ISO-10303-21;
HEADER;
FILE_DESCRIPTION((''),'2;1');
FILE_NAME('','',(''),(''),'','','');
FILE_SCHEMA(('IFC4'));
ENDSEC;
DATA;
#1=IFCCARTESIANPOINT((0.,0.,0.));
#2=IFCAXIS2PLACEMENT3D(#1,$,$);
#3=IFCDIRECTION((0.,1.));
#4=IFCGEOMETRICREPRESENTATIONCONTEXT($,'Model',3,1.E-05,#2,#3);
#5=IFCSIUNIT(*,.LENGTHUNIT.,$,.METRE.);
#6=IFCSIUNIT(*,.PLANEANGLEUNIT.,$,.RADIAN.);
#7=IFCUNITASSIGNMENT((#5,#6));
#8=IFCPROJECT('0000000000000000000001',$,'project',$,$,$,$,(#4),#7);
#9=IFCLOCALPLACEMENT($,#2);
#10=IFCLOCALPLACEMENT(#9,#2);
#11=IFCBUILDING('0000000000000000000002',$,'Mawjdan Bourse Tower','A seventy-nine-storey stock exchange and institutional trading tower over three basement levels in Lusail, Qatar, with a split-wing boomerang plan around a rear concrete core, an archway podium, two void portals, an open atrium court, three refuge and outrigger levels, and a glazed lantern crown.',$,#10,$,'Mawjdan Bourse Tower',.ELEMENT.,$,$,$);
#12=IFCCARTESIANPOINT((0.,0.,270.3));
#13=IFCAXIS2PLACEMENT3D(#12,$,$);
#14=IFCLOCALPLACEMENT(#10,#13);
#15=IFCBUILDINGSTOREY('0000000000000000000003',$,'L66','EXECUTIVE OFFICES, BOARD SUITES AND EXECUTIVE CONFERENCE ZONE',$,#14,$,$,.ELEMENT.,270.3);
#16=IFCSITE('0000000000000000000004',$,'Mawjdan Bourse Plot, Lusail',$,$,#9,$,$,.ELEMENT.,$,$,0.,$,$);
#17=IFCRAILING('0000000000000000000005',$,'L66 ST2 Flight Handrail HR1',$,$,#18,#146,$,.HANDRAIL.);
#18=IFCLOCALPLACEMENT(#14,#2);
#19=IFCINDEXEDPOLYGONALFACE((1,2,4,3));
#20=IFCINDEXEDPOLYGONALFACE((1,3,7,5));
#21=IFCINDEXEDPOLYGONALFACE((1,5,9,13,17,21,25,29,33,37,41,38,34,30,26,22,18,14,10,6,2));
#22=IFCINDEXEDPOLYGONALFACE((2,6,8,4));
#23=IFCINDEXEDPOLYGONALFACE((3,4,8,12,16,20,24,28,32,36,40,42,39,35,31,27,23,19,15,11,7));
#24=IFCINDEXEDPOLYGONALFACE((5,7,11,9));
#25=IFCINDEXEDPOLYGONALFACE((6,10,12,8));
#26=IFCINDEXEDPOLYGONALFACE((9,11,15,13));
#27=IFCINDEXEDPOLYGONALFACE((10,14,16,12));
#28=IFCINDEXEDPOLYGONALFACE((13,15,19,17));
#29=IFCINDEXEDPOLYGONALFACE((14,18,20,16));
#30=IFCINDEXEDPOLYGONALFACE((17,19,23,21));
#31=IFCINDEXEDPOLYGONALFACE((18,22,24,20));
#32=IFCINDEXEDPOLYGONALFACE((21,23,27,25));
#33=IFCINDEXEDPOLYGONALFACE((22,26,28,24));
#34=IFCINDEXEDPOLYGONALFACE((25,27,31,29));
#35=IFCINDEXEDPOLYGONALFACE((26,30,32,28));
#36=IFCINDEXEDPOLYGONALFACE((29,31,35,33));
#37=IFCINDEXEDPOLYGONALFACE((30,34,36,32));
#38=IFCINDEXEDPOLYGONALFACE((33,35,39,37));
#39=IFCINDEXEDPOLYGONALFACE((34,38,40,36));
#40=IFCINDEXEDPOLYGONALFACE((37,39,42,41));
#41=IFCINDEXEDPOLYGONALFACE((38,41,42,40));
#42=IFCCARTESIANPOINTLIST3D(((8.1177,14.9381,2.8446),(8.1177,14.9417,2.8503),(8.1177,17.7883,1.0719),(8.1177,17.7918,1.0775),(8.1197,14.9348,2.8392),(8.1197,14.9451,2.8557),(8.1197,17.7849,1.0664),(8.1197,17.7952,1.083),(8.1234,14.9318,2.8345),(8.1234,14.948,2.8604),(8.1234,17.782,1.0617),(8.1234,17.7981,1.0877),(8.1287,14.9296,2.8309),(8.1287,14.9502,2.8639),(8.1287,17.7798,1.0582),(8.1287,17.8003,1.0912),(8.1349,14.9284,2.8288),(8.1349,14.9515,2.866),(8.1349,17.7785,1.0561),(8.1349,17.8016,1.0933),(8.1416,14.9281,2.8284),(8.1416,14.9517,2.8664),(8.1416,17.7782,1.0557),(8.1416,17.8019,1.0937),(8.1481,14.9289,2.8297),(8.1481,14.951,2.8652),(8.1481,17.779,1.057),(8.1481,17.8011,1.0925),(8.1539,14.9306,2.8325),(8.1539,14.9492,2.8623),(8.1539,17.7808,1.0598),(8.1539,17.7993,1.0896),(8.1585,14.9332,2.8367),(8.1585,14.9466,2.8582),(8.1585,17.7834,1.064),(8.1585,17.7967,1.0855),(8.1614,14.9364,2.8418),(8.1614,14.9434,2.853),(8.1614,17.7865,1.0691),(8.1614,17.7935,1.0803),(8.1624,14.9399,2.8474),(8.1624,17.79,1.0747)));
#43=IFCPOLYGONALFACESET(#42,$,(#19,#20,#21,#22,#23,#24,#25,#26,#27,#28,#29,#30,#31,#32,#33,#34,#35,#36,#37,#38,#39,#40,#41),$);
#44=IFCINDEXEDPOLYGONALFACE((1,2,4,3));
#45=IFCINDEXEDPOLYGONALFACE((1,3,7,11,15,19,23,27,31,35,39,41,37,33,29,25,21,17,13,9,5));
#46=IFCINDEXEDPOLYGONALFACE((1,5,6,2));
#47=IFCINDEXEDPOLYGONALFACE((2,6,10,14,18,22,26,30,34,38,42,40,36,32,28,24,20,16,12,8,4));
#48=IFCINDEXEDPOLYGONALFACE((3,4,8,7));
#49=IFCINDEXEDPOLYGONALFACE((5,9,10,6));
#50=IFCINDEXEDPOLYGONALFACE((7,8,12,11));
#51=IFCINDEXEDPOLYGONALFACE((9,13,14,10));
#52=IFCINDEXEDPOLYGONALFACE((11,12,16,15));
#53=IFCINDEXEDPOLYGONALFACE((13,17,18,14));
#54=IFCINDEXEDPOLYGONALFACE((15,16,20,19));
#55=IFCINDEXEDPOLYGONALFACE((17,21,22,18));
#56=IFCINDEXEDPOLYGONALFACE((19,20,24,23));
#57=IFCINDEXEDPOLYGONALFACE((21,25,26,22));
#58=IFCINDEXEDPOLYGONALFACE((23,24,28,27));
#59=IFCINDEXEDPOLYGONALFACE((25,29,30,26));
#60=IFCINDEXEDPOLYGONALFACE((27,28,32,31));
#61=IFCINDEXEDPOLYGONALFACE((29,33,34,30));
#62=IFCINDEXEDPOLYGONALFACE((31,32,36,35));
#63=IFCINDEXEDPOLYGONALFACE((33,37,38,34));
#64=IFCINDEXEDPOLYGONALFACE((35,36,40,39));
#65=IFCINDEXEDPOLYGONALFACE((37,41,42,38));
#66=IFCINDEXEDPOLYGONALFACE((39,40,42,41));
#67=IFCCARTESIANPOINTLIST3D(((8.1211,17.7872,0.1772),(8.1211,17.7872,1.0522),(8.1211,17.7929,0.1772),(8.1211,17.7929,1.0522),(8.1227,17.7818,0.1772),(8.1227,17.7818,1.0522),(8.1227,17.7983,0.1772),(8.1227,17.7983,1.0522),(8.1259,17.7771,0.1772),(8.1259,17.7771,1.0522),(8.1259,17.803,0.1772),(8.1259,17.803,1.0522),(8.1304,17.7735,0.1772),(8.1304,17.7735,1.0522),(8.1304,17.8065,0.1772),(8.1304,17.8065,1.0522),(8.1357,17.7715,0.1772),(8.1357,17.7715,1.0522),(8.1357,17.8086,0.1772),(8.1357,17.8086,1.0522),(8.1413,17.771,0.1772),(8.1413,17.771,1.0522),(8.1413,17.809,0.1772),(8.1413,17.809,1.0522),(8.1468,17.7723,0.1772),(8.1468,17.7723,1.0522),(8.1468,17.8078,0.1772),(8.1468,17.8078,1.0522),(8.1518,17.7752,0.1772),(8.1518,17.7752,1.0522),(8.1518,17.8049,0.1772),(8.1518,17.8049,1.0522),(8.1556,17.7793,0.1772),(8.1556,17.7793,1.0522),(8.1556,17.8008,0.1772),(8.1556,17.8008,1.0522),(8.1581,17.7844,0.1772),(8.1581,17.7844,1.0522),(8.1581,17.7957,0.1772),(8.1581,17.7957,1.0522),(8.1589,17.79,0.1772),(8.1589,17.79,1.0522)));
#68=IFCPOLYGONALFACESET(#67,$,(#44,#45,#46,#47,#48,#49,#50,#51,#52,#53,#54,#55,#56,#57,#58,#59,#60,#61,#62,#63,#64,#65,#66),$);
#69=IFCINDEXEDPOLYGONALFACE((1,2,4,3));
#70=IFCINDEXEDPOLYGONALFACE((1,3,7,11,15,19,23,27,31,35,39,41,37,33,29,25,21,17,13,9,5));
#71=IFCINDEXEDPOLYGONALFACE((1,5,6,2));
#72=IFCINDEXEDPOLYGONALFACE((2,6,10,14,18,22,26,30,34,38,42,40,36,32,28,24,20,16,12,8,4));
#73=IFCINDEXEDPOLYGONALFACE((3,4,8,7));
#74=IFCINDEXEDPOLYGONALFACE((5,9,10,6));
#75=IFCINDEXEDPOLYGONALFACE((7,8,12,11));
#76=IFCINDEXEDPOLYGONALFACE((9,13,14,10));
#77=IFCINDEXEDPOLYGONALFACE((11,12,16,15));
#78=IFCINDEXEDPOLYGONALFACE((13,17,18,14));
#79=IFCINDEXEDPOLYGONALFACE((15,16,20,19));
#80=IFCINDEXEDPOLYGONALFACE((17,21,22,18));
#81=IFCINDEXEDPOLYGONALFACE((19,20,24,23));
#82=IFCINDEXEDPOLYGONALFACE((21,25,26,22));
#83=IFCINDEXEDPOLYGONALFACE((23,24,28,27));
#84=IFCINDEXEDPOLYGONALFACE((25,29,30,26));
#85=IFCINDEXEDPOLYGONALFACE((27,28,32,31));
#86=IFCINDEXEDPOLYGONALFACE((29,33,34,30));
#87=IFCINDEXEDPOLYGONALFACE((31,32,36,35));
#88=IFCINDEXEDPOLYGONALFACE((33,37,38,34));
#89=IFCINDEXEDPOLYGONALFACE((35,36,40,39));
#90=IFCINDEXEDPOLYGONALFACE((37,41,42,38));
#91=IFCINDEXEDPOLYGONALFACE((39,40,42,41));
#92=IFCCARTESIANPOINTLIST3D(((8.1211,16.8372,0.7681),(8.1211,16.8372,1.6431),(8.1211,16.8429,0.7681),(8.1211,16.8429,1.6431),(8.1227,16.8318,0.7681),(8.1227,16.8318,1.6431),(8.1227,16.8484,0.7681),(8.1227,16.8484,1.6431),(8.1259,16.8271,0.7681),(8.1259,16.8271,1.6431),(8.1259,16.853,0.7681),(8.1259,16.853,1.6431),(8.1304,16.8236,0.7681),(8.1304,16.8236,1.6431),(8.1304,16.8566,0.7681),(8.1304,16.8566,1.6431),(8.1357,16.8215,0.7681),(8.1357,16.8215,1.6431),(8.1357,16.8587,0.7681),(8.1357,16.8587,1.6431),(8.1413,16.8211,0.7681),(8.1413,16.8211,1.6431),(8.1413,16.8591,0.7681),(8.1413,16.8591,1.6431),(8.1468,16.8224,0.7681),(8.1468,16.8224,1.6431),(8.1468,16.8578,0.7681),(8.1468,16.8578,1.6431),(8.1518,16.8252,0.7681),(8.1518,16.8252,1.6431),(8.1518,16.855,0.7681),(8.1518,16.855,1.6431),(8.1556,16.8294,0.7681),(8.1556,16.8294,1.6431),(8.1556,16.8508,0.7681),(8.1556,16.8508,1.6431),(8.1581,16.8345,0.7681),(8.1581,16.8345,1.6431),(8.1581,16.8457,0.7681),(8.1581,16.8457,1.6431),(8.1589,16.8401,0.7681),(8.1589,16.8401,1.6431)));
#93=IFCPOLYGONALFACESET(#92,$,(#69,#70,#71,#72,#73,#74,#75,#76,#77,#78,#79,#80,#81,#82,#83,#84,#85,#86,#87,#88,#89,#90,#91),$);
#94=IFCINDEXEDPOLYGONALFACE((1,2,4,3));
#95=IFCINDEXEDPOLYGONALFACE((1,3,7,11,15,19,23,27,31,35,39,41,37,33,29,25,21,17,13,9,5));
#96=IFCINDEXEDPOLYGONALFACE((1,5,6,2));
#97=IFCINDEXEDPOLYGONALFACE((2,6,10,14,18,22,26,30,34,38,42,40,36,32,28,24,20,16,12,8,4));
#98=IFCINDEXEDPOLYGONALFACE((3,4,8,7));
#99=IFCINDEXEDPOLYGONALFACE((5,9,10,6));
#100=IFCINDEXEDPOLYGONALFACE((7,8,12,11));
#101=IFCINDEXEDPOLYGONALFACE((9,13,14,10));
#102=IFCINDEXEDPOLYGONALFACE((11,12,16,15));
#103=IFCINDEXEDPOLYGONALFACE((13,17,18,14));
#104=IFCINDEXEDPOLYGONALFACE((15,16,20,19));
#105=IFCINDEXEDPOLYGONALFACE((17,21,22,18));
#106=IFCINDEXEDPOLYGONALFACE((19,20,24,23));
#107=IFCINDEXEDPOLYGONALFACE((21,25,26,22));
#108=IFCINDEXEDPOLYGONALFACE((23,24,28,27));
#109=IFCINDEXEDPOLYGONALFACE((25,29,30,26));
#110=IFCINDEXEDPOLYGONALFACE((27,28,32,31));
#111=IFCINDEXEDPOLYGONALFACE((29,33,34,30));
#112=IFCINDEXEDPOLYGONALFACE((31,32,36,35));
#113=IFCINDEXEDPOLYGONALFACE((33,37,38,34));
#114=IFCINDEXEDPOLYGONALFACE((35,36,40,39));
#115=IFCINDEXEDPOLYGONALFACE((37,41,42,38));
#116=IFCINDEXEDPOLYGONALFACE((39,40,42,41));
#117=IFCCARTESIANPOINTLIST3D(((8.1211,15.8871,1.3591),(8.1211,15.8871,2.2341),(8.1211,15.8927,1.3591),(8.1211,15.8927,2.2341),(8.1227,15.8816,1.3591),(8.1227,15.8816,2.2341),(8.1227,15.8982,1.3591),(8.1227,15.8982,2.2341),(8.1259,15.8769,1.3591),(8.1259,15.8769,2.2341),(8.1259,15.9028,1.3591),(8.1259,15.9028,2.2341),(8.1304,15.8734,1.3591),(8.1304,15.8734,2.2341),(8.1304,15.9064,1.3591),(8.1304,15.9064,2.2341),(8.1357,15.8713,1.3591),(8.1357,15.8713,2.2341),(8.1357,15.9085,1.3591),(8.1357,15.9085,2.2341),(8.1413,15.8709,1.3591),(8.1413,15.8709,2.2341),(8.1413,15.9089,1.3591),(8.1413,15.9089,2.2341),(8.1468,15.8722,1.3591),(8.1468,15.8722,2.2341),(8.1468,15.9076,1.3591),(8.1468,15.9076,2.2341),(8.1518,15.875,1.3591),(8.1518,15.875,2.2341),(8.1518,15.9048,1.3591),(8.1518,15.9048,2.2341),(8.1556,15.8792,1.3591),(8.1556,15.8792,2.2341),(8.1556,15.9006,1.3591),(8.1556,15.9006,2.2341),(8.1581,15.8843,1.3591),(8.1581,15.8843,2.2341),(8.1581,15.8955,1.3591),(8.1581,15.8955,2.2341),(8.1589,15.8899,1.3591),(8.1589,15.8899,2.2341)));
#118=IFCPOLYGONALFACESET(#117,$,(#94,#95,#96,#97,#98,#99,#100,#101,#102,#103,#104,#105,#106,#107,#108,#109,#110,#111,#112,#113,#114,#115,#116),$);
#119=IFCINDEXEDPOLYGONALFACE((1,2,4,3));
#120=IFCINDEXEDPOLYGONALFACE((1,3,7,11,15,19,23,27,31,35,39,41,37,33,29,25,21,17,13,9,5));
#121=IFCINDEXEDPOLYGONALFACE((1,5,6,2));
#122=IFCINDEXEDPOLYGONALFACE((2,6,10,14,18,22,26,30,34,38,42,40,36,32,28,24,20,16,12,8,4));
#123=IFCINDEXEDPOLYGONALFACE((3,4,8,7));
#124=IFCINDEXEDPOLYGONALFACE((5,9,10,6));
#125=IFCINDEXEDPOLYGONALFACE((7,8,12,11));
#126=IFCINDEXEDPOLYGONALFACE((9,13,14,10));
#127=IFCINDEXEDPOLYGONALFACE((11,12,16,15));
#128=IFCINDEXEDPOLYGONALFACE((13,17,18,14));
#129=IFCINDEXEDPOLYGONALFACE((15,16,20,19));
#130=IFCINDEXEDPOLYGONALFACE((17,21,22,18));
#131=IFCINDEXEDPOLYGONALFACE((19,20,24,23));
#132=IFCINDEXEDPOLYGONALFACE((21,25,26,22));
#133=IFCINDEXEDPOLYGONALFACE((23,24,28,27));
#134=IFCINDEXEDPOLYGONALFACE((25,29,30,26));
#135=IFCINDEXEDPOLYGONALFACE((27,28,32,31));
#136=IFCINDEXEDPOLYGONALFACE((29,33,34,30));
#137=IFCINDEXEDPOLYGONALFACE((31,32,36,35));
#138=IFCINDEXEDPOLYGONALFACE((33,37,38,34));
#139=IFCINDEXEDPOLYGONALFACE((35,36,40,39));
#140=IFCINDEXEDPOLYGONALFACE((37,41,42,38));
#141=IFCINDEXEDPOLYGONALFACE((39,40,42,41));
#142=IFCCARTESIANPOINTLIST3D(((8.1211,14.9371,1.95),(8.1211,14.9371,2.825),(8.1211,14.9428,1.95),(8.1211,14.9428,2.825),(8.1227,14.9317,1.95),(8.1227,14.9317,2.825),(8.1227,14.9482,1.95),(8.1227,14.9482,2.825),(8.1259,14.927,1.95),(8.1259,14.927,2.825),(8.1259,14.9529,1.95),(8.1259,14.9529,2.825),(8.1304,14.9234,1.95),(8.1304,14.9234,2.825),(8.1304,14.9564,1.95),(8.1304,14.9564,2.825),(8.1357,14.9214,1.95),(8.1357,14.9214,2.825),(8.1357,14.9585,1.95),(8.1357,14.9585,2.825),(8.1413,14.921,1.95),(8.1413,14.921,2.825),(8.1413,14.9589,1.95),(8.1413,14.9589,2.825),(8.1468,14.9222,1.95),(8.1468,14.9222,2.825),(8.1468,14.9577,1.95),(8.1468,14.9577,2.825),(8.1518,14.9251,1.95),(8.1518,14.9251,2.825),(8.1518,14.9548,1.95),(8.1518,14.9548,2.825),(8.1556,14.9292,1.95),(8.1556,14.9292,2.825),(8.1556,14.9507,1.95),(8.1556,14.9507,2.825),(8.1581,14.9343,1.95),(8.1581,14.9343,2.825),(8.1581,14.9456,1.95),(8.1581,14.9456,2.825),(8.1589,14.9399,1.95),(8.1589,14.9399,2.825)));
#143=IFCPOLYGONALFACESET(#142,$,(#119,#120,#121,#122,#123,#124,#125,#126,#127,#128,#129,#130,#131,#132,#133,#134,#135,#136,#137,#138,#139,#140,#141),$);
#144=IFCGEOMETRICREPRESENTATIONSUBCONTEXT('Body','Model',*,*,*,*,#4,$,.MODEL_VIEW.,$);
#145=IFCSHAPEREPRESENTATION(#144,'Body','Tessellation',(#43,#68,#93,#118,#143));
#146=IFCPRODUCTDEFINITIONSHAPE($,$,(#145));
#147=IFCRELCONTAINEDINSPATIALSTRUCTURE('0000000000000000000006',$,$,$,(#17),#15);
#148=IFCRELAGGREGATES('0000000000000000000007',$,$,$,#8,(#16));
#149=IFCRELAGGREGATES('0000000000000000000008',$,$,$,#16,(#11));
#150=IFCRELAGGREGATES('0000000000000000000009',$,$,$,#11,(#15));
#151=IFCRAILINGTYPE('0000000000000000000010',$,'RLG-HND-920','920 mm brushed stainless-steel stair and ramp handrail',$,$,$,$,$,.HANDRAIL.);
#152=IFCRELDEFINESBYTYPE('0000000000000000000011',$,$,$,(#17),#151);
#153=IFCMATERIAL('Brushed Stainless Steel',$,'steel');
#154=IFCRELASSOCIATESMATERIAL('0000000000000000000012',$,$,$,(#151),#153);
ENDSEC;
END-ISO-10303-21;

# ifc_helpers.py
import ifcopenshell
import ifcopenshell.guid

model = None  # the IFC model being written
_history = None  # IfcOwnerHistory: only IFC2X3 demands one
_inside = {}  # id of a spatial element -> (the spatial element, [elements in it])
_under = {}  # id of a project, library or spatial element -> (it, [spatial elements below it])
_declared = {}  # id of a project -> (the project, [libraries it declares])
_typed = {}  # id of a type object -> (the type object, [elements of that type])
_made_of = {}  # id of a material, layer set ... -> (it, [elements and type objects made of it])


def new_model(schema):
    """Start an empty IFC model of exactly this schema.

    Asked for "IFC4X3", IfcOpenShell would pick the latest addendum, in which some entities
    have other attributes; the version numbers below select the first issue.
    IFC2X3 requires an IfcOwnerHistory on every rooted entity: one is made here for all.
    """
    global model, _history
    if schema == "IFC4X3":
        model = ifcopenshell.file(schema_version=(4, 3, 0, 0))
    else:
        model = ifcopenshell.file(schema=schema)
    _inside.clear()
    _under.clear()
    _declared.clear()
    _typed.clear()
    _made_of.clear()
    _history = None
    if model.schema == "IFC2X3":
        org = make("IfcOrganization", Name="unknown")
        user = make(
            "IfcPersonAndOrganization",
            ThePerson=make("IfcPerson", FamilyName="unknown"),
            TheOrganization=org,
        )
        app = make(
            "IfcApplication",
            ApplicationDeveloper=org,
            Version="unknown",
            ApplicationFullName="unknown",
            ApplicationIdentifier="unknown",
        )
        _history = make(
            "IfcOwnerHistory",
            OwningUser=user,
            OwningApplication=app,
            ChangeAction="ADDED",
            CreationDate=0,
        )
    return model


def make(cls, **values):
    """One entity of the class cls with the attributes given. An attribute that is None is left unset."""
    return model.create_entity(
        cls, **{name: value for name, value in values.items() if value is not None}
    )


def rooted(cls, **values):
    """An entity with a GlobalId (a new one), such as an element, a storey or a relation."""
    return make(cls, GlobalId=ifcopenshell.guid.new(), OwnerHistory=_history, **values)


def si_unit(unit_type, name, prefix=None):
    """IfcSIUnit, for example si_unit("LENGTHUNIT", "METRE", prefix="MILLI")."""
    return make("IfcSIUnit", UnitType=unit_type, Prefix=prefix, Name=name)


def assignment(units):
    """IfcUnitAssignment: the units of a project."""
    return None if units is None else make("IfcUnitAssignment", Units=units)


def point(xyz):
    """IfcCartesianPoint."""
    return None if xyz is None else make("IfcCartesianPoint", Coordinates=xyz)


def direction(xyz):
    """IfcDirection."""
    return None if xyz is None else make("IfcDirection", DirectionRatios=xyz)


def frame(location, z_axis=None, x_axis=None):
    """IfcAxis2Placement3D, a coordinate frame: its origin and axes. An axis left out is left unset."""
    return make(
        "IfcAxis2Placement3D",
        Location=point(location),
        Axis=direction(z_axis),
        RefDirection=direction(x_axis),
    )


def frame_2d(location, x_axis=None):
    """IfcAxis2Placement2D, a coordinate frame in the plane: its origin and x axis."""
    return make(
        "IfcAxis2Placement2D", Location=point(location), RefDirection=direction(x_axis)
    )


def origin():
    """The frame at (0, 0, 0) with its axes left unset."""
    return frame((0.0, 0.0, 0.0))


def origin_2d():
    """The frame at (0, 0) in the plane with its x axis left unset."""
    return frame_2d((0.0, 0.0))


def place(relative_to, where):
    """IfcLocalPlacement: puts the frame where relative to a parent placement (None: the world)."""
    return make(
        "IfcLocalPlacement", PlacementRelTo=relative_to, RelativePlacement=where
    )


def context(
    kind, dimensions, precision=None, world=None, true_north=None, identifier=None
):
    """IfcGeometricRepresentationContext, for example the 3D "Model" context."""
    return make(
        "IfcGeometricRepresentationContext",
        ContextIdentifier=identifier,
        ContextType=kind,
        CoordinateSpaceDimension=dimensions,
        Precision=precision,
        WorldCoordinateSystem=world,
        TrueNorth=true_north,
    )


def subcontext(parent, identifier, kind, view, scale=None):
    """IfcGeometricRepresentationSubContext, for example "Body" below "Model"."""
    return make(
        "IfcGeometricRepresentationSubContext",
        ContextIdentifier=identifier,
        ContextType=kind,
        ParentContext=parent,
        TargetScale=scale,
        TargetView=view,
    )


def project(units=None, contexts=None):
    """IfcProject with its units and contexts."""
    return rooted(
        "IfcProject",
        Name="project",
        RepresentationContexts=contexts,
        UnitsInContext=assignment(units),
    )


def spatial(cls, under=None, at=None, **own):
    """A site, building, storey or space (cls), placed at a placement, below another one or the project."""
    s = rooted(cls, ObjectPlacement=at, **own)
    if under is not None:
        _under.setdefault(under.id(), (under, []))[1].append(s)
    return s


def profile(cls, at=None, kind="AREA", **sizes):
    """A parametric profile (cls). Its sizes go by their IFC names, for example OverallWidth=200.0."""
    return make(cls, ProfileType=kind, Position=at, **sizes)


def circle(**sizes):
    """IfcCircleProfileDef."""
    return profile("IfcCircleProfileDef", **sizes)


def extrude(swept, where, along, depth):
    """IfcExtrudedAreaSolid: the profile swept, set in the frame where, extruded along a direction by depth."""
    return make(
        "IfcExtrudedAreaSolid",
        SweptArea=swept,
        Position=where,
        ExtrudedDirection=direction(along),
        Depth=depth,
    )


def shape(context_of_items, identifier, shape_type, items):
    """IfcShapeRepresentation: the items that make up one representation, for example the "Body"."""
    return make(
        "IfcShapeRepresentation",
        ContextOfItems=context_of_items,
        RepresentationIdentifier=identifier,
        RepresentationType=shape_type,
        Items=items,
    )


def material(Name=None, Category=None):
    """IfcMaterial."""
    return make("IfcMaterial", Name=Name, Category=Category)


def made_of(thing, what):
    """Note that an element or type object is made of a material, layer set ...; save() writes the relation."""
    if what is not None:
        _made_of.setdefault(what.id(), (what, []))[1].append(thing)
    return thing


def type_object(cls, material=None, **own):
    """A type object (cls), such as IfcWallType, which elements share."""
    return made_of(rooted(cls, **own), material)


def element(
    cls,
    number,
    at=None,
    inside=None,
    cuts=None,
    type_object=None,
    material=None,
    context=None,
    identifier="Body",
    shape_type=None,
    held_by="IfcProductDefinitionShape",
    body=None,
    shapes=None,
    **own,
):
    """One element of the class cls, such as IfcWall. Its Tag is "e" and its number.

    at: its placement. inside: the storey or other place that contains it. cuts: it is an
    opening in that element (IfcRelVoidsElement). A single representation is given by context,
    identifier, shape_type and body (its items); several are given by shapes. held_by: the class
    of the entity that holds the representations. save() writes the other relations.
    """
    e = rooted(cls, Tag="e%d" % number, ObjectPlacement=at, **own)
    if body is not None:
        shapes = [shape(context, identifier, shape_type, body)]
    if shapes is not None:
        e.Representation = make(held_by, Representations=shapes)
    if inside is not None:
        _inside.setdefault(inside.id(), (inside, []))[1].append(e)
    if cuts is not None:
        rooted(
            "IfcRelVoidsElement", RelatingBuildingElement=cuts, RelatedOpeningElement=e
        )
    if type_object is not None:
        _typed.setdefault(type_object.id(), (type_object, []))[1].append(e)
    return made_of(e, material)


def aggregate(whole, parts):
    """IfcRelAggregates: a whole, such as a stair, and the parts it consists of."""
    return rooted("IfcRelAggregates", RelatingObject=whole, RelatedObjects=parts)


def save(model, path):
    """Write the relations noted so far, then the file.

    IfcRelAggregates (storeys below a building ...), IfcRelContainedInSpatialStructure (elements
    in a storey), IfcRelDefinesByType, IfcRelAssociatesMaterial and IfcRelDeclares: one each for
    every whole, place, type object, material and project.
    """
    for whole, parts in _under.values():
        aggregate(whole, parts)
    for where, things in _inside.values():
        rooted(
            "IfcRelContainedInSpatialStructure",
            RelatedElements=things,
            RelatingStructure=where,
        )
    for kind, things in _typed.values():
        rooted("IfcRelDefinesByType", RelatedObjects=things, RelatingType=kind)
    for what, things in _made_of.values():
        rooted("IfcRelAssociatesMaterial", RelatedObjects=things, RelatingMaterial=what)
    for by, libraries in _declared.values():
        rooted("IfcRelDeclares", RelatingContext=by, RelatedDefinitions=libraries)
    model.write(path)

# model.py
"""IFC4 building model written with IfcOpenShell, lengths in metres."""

from ifc_helpers import new_model, si_unit, direction, frame, origin, origin_2d, place, context, subcontext, project, spatial, circle, extrude, material, type_object, element, save


model = new_model("IFC4")

# Units and contexts
model_context = context("Model", 3, precision=1e-05, world=origin(), true_north=direction((0.0, 1.0)))
body_context = subcontext(model_context, "Body", "Model", "MODEL_VIEW")
ifc_project = project(units=[si_unit("LENGTHUNIT", "METRE"), si_unit("PLANEANGLEUNIT", "RADIAN")], contexts=[model_context])

# Site, building, storey
site_placement = place(None, origin())
site = spatial("IfcSite", under=ifc_project, at=site_placement, Name="Mawjdan Bourse Plot, Lusail", CompositionType="ELEMENT", RefElevation=0.0)
building_placement = place(site_placement, origin())
building = spatial("IfcBuilding", under=site, at=building_placement, Name="Mawjdan Bourse Tower", Description="A seventy-nine-storey stock exchange and institutional trading tower over three basement levels in Lusail, Qatar, with a split-wing boomerang plan around a rear concrete core, an archway podium, two void portals, an open atrium court, three refuge and outrigger levels, and a glazed lantern crown.", LongName="Mawjdan Bourse Tower", CompositionType="ELEMENT")
storey_placement = place(building_placement, frame((0.0, 0.0, 270.3)))
storey = spatial("IfcBuildingStorey", under=building, at=storey_placement, Name="L66", Description="EXECUTIVE OFFICES, BOARD SUITES AND EXECUTIVE CONFERENCE ZONE", CompositionType="ELEMENT", Elevation=270.3)

# Railing
ifc_material_1 = material(Name="Brushed Stainless Steel", Category="steel")
railing_type_1 = type_object("IfcRailingType", Name="RLG-HND-920", Description="920 mm brushed stainless-steel stair and ramp handrail", PredefinedType="HANDRAIL", material=ifc_material_1)
for number, where, name in (
    (1, (8.1399, 17.79, 0.1772), "L66 ST2 Flight Handrail HR1"),
):
    element("IfcRailing", number, at=place(storey_placement, frame(where)), inside=storey, type_object=railing_type_1, Name=name, PredefinedType="HANDRAIL", context=body_context, shape_type="SweptSolid", body=[
        extrude(circle(Radius=0.0225, at=origin_2d()), frame((0.0, 0.0, 0.8975), z_axis=(0.0, -0.849149, 0.528154), x_axis=(1.0, 0.0, 0.0)), (0.0, 0.0, 1.0), 3.3564),
        extrude(circle(Radius=0.019, at=origin_2d()), origin(), (0.0, 0.0, 1.0), 0.875),
        extrude(circle(Radius=0.019, at=origin_2d()), frame((0.0, -0.95, 0.5908)), (0.0, 0.0, 1.0), 0.875),
        extrude(circle(Radius=0.019, at=origin_2d()), frame((0.0, -1.9001, 1.1819)), (0.0, 0.0, 1.0), 0.875),
        extrude(circle(Radius=0.019, at=origin_2d()), frame((0.0, -2.8501, 1.7727)), (0.0, 0.0, 1.0), 0.875),
    ])

save(model, "model.ifc")
